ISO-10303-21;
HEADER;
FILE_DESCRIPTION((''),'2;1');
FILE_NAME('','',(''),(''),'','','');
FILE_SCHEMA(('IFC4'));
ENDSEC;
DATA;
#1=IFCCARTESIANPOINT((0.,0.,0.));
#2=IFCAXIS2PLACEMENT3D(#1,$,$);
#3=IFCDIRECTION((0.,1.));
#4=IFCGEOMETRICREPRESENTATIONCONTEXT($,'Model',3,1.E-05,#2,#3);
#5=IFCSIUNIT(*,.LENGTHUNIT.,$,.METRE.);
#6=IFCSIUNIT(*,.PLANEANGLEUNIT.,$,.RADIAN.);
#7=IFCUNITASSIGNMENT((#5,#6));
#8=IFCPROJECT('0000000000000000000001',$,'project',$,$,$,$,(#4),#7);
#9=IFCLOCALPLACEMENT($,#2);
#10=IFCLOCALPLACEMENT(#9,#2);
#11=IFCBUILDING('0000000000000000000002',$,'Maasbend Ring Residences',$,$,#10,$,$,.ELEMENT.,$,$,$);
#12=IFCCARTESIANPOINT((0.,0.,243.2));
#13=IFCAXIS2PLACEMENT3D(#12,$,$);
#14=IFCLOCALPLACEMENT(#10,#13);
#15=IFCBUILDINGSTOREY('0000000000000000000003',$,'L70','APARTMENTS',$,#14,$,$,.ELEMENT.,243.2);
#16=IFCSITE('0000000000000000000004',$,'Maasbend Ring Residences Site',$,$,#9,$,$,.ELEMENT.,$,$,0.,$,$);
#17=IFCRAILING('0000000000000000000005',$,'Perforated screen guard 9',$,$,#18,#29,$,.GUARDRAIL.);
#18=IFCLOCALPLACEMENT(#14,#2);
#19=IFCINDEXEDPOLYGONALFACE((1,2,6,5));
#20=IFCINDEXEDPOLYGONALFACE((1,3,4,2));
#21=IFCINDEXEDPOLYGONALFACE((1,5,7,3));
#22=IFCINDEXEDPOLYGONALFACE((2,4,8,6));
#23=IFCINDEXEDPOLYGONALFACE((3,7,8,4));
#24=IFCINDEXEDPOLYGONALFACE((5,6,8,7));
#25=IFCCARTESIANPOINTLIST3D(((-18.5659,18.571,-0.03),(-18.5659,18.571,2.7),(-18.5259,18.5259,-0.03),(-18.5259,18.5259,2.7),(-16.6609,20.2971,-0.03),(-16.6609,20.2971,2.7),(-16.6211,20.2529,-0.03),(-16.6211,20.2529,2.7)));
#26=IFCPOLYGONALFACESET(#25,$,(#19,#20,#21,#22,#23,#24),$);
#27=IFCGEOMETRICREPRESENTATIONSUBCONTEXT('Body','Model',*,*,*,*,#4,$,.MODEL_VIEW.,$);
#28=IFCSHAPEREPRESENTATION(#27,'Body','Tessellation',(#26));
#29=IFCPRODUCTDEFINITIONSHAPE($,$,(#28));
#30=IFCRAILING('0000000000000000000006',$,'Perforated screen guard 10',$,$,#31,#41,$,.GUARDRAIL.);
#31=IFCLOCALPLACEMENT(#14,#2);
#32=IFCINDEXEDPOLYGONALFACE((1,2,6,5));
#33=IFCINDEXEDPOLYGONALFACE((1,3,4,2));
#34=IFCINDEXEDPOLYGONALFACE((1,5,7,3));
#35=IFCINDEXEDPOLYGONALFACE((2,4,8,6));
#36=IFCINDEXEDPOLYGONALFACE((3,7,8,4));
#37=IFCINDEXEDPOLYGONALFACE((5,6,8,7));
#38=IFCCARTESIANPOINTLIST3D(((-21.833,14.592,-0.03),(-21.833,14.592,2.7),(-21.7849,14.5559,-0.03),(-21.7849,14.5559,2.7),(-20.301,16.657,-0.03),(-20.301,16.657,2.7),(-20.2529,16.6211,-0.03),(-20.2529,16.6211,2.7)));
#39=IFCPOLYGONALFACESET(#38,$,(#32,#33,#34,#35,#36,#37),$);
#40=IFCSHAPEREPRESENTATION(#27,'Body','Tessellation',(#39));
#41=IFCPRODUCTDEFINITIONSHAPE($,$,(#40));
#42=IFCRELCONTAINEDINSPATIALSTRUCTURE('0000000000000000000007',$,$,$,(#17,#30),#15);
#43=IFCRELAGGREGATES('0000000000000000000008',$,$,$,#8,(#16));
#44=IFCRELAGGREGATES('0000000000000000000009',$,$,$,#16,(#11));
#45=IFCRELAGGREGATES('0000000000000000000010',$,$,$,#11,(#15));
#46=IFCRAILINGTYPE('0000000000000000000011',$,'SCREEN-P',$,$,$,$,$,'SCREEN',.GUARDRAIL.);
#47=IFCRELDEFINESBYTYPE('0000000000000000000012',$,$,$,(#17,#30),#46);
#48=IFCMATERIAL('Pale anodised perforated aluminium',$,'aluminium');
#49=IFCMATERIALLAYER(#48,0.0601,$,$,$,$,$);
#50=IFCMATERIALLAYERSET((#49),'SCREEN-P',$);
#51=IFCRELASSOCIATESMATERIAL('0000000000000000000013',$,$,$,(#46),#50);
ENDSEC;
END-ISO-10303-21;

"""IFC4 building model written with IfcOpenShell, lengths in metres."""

from ifc_helpers import new_model, si_unit, direction, frame, origin, place, context, subcontext, project, spatial, polyline, outline, extrude, material, layer, layer_set, type_object, element, save


model = new_model("IFC4")

# Units and contexts
model_context = context("Model", 3, precision=1e-05, world=origin(), true_north=direction((0.0, 1.0)))
body_context = subcontext(model_context, "Body", "Model", "MODEL_VIEW")
ifc_project = project(units=[si_unit("LENGTHUNIT", "METRE"), si_unit("PLANEANGLEUNIT", "RADIAN")], contexts=[model_context])

# Site, building, storey
site_placement = place(None, origin())
site = spatial("IfcSite", under=ifc_project, at=site_placement, Name="Maasbend Ring Residences Site", CompositionType="ELEMENT", RefElevation=0.0)
building_placement = place(site_placement, origin())
building = spatial("IfcBuilding", under=site, at=building_placement, Name="Maasbend Ring Residences", CompositionType="ELEMENT")
storey_placement = place(building_placement, frame((0.0, 0.0, 243.2)))
storey = spatial("IfcBuildingStorey", under=building, at=storey_placement, Name="L70", Description="APARTMENTS", CompositionType="ELEMENT", Elevation=243.2)

# Railings
ifc_material_1 = material(Name="Pale anodised perforated aluminium", Category="aluminium")
ifc_layer_1 = layer(ifc_material_1, 0.0601)
ifc_layer_set_1 = layer_set([ifc_layer_1], Name="SCREEN-P")
railing_type = type_object("IfcRailingType", Name="SCREEN-P", ElementType="SCREEN", PredefinedType="GUARDRAIL", material=ifc_layer_set_1)
railing_1_placement = place(storey_placement, frame((0.0, 0.0, -0.03)))
element("IfcRailing", 1, at=railing_1_placement, inside=storey, type_object=railing_type, Name="Perforated screen guard 9", PredefinedType="GUARDRAIL", context=body_context, shape_type="SweptSolid", body=[
    extrude(outline(polyline([(-16.6211, 20.2529), (-18.5259, 18.5259), (-18.5659, 18.571), (-16.6609, 20.2971), (-16.6211, 20.2529)])), origin(), (0.0, 0.0, 1.0), 2.73),
])
railing_2_placement = place(storey_placement, frame((0.0, 0.0, -0.03)))
element("IfcRailing", 2, at=railing_2_placement, inside=storey, type_object=railing_type, Name="Perforated screen guard 10", PredefinedType="GUARDRAIL", context=body_context, shape_type="SweptSolid", body=[
    extrude(outline(polyline([(-20.2529, 16.6211), (-21.7849, 14.5559), (-21.833, 14.592), (-20.301, 16.657), (-20.2529, 16.6211)])), origin(), (0.0, 0.0, 1.0), 2.73),
])

save(model, "model.ifc")
